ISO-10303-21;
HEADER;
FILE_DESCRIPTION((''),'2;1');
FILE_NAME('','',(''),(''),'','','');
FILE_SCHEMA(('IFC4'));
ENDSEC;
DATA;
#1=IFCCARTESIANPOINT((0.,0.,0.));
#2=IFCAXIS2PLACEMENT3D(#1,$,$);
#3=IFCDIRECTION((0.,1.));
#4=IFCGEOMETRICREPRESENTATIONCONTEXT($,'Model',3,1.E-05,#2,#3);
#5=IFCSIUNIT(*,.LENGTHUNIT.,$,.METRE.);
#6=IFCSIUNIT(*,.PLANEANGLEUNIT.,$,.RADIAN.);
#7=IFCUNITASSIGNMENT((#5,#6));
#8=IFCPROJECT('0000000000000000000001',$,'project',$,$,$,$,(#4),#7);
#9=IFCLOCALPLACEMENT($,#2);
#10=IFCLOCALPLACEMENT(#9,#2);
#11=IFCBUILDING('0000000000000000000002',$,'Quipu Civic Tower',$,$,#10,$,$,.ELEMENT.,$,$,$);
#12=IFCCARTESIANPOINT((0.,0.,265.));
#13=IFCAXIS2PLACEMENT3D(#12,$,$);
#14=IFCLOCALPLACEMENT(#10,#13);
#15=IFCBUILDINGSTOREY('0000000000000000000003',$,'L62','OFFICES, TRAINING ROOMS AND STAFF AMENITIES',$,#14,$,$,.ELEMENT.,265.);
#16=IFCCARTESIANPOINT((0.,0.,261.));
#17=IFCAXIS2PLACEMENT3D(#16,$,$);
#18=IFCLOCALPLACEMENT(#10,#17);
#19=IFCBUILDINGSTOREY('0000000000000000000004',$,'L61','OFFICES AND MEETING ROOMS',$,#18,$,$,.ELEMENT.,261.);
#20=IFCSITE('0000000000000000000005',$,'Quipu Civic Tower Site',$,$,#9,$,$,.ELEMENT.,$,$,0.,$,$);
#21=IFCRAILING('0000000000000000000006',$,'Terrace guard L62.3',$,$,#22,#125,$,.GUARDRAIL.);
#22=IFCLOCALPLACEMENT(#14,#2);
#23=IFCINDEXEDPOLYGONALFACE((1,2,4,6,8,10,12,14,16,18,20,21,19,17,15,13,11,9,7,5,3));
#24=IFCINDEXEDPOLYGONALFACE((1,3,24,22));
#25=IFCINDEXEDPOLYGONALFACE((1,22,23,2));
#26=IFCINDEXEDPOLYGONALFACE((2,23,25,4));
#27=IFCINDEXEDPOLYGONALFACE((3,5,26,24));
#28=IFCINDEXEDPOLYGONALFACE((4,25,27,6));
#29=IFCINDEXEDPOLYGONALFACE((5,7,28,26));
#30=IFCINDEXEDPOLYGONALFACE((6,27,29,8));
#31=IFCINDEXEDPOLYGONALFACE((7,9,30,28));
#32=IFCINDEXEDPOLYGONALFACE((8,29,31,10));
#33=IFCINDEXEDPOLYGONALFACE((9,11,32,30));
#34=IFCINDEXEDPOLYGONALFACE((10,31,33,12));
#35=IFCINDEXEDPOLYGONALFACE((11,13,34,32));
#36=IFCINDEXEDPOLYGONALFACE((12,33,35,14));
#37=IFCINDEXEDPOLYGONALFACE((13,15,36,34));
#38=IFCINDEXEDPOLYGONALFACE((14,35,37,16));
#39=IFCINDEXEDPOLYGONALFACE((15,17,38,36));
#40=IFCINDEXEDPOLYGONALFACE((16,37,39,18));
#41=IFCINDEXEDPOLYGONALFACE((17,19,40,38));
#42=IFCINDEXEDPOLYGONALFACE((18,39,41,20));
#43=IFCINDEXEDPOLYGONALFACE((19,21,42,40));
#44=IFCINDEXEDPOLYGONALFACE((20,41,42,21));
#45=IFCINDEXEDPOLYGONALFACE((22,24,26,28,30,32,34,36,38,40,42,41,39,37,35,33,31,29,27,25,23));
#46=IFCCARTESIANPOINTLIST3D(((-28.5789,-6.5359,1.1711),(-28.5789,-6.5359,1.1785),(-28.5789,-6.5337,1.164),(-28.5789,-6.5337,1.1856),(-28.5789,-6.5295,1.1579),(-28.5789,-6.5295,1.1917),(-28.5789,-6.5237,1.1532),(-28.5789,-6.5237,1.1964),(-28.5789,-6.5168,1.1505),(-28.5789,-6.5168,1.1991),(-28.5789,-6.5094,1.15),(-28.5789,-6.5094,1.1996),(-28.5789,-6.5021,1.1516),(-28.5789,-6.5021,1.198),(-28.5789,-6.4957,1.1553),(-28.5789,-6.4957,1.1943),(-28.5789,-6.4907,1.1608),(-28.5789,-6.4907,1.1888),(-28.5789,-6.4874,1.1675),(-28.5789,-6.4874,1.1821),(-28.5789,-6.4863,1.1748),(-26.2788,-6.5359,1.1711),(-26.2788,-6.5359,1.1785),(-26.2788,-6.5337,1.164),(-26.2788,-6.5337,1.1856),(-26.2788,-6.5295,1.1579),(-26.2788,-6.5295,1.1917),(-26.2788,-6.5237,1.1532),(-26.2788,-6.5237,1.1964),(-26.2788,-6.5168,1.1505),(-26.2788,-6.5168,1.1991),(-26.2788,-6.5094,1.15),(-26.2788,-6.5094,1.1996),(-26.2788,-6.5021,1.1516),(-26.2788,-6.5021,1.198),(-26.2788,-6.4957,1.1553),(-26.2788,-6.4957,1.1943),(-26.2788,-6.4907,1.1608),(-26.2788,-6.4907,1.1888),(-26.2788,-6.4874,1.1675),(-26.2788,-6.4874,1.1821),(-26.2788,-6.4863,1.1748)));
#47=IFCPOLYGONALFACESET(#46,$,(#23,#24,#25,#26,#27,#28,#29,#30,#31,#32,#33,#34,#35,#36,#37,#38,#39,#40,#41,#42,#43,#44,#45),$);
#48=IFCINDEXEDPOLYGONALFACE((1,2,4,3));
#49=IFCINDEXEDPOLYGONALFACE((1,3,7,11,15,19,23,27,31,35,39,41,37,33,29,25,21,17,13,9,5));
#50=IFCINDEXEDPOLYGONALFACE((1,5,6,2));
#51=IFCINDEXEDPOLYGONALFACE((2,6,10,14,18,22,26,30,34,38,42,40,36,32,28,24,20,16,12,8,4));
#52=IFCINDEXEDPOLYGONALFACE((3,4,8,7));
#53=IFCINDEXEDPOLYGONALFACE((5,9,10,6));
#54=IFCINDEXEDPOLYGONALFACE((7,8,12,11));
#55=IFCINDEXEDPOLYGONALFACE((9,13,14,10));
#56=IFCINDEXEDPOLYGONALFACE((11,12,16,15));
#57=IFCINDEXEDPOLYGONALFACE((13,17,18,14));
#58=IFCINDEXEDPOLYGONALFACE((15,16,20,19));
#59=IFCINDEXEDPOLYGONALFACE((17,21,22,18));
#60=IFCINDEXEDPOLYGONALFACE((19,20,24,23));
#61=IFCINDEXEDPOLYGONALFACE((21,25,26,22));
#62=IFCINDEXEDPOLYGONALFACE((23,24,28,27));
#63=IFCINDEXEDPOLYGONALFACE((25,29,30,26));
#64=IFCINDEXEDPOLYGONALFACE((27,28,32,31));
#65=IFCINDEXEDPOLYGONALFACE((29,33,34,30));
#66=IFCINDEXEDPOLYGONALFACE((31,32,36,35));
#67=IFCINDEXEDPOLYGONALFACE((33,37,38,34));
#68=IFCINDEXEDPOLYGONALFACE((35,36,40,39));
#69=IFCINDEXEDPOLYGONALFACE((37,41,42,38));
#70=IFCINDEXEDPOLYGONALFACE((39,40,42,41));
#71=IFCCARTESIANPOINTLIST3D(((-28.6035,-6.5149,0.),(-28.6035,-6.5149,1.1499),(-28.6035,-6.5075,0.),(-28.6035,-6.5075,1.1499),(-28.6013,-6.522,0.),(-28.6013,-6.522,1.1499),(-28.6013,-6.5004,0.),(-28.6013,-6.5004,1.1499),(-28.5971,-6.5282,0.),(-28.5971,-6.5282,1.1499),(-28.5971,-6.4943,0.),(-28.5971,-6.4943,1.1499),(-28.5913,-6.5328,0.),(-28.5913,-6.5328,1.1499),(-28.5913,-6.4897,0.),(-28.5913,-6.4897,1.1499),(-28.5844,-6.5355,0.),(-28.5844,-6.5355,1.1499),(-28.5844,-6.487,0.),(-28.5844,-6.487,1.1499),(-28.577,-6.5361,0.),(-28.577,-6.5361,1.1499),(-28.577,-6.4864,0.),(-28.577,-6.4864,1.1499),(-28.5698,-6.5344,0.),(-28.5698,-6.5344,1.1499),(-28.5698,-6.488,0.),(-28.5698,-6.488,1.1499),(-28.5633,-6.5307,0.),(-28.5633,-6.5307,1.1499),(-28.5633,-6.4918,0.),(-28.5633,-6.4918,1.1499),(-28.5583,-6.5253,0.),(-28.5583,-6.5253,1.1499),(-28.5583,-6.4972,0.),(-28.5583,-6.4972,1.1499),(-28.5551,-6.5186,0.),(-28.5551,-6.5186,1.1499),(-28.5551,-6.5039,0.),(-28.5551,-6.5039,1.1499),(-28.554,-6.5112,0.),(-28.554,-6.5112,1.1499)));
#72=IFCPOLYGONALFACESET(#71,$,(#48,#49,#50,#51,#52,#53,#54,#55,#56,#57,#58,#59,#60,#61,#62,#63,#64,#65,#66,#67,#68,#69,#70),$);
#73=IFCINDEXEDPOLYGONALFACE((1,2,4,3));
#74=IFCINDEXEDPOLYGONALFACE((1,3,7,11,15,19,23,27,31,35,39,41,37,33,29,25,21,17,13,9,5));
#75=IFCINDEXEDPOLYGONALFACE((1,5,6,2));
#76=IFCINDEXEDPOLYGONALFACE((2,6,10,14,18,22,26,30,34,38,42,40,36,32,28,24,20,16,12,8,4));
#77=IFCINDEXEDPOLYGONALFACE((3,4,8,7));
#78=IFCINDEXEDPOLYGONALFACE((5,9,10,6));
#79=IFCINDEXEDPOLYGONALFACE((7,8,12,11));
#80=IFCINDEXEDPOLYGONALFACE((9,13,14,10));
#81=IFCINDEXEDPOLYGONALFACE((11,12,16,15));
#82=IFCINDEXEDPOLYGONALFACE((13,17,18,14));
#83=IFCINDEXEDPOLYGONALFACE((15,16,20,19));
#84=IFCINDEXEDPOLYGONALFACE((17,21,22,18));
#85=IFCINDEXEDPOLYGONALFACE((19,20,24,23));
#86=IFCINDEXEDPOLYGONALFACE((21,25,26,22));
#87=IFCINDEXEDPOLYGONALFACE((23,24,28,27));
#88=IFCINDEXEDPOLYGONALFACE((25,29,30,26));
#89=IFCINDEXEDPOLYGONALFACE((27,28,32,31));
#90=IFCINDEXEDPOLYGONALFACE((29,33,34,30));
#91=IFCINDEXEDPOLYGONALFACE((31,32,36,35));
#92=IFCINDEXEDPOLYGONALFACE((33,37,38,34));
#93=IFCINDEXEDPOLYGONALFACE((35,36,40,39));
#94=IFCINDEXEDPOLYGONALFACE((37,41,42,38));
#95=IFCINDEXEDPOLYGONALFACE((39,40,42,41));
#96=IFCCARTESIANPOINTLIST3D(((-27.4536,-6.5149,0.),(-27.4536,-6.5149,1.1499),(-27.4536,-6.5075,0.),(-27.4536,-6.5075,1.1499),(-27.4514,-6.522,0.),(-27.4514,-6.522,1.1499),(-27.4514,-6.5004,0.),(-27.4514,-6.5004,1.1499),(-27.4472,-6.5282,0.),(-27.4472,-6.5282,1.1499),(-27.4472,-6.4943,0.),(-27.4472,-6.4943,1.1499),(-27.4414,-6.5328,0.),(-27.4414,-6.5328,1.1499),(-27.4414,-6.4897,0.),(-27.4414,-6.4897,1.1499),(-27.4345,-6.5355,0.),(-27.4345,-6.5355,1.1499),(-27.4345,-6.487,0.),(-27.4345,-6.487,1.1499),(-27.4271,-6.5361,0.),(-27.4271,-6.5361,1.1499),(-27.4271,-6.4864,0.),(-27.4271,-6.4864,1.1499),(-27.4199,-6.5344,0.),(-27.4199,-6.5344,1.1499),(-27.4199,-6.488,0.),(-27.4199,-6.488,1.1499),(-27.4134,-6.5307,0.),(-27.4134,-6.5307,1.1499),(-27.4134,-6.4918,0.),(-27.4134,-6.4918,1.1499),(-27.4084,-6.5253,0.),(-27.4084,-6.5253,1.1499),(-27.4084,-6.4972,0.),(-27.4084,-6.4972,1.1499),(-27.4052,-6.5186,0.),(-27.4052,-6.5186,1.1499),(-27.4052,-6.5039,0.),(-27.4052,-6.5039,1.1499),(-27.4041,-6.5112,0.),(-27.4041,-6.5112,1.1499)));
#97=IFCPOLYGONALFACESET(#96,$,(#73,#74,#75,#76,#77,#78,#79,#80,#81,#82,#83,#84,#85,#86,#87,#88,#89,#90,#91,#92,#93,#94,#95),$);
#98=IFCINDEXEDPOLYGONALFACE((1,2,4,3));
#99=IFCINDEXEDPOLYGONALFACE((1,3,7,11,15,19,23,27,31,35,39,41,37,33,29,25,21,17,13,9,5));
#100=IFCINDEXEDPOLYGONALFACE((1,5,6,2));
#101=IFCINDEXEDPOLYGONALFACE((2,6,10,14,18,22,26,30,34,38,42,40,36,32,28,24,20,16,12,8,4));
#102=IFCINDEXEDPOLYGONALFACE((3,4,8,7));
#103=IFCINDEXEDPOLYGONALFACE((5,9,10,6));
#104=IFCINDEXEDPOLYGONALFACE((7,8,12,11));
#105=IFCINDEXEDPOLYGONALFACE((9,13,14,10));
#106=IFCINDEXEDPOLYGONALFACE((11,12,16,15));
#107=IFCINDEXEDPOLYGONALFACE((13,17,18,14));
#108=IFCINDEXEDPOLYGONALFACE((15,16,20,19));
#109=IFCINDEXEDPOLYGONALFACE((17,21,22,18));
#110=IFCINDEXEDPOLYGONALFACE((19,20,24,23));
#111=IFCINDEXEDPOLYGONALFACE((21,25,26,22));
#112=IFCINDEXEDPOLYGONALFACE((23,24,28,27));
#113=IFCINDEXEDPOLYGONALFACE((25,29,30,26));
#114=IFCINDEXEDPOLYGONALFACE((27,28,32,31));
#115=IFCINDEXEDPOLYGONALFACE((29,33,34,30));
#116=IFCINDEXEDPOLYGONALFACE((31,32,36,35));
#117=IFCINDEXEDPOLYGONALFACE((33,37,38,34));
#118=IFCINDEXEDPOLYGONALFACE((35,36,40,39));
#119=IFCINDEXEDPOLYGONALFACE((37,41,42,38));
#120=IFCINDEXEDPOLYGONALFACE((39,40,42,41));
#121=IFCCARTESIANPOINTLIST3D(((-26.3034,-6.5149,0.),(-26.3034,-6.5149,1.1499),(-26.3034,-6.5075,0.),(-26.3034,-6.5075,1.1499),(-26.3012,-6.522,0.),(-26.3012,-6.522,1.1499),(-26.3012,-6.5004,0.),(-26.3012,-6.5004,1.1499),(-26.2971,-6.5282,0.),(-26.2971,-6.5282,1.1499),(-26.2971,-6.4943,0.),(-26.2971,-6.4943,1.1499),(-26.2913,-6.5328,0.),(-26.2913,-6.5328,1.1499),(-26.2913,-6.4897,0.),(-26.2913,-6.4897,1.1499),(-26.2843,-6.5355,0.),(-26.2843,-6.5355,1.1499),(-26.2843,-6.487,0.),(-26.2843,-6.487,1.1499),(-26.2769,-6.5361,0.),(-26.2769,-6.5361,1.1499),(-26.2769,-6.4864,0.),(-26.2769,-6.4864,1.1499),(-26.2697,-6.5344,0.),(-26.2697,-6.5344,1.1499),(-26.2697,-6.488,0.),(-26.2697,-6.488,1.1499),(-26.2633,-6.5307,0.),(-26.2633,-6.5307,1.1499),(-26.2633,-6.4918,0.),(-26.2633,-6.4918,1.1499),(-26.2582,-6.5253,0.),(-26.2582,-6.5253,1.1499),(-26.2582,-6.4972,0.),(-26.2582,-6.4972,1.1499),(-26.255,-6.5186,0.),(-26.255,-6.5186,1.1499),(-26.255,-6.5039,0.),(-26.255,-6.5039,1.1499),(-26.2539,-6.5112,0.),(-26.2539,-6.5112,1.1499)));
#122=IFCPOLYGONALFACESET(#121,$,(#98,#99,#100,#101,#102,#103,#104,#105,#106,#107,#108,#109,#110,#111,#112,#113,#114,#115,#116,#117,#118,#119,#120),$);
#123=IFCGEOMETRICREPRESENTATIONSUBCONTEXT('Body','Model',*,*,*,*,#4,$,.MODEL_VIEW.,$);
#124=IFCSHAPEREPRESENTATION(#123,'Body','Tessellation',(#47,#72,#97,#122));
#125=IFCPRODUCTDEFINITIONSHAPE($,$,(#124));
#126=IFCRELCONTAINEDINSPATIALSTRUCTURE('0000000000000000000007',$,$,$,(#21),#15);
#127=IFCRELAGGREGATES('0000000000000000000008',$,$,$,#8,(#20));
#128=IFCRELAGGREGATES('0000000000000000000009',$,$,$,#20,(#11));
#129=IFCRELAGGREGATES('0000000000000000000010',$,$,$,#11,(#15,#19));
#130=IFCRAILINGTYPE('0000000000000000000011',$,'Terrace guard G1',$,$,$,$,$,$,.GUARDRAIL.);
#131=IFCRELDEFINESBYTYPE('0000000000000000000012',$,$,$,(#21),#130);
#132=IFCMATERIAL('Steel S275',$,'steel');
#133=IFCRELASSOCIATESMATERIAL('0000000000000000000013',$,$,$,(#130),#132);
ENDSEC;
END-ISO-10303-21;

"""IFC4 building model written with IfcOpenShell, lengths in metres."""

from ifc_helpers import new_model, si_unit, direction, frame, origin, origin_2d, place, context, subcontext, project, spatial, circle, extrude, material, type_object, element, save


model = new_model("IFC4")

# Units and contexts
model_context = context("Model", 3, precision=1e-05, world=origin(), true_north=direction((0.0, 1.0)))
body_context = subcontext(model_context, "Body", "Model", "MODEL_VIEW")
ifc_project = project(units=[si_unit("LENGTHUNIT", "METRE"), si_unit("PLANEANGLEUNIT", "RADIAN")], contexts=[model_context])

# Site, building, storey
site_placement = place(None, origin())
site = spatial("IfcSite", under=ifc_project, at=site_placement, Name="Quipu Civic Tower Site", CompositionType="ELEMENT", RefElevation=0.0)
building_placement = place(site_placement, origin())
building = spatial("IfcBuilding", under=site, at=building_placement, Name="Quipu Civic Tower", CompositionType="ELEMENT")
storey_1_placement = place(building_placement, frame((0.0, 0.0, 265.0)))
storey_1 = spatial("IfcBuildingStorey", under=building, at=storey_1_placement, Name="L62", Description="OFFICES, TRAINING ROOMS AND STAFF AMENITIES", CompositionType="ELEMENT", Elevation=265.0)

# Shared definitions
storey_2_placement = place(building_placement, frame((0.0, 0.0, 261.0)))
storey_2 = spatial("IfcBuildingStorey", under=building, at=storey_2_placement, Name="L61", Description="OFFICES AND MEETING ROOMS", CompositionType="ELEMENT", Elevation=261.0)

# Railing
ifc_material_1 = material(Name="Steel S275", Category="steel")
railing_type = type_object("IfcRailingType", Name="Terrace guard G1", PredefinedType="GUARDRAIL", material=ifc_material_1)
railing_1_placement = place(storey_1_placement, frame((-28.5789, -6.5112, 0.0)))
element("IfcRailing", 1, at=railing_1_placement, inside=storey_1, type_object=railing_type, Name="Terrace guard L62.3", PredefinedType="GUARDRAIL", context=body_context, shape_type="SweptSolid", body=[
    extrude(circle(Radius=0.0249, at=origin_2d()), frame((0.0, 0.0, 1.1748), z_axis=(1.0, 0.0, 0.0), x_axis=(0.0, 1.0, 0.0)), (0.0, 0.0, 1.0), 2.3),
    extrude(circle(Radius=0.0249, at=origin_2d()), origin(), (0.0, 0.0, 1.0), 1.1499),
    extrude(circle(Radius=0.0249, at=origin_2d()), frame((1.1499, 0.0, 0.0)), (0.0, 0.0, 1.0), 1.1499),
    extrude(circle(Radius=0.0249, at=origin_2d()), frame((2.3, 0.0, 0.0)), (0.0, 0.0, 1.0), 1.1499),
])

save(model, "model.ifc")
